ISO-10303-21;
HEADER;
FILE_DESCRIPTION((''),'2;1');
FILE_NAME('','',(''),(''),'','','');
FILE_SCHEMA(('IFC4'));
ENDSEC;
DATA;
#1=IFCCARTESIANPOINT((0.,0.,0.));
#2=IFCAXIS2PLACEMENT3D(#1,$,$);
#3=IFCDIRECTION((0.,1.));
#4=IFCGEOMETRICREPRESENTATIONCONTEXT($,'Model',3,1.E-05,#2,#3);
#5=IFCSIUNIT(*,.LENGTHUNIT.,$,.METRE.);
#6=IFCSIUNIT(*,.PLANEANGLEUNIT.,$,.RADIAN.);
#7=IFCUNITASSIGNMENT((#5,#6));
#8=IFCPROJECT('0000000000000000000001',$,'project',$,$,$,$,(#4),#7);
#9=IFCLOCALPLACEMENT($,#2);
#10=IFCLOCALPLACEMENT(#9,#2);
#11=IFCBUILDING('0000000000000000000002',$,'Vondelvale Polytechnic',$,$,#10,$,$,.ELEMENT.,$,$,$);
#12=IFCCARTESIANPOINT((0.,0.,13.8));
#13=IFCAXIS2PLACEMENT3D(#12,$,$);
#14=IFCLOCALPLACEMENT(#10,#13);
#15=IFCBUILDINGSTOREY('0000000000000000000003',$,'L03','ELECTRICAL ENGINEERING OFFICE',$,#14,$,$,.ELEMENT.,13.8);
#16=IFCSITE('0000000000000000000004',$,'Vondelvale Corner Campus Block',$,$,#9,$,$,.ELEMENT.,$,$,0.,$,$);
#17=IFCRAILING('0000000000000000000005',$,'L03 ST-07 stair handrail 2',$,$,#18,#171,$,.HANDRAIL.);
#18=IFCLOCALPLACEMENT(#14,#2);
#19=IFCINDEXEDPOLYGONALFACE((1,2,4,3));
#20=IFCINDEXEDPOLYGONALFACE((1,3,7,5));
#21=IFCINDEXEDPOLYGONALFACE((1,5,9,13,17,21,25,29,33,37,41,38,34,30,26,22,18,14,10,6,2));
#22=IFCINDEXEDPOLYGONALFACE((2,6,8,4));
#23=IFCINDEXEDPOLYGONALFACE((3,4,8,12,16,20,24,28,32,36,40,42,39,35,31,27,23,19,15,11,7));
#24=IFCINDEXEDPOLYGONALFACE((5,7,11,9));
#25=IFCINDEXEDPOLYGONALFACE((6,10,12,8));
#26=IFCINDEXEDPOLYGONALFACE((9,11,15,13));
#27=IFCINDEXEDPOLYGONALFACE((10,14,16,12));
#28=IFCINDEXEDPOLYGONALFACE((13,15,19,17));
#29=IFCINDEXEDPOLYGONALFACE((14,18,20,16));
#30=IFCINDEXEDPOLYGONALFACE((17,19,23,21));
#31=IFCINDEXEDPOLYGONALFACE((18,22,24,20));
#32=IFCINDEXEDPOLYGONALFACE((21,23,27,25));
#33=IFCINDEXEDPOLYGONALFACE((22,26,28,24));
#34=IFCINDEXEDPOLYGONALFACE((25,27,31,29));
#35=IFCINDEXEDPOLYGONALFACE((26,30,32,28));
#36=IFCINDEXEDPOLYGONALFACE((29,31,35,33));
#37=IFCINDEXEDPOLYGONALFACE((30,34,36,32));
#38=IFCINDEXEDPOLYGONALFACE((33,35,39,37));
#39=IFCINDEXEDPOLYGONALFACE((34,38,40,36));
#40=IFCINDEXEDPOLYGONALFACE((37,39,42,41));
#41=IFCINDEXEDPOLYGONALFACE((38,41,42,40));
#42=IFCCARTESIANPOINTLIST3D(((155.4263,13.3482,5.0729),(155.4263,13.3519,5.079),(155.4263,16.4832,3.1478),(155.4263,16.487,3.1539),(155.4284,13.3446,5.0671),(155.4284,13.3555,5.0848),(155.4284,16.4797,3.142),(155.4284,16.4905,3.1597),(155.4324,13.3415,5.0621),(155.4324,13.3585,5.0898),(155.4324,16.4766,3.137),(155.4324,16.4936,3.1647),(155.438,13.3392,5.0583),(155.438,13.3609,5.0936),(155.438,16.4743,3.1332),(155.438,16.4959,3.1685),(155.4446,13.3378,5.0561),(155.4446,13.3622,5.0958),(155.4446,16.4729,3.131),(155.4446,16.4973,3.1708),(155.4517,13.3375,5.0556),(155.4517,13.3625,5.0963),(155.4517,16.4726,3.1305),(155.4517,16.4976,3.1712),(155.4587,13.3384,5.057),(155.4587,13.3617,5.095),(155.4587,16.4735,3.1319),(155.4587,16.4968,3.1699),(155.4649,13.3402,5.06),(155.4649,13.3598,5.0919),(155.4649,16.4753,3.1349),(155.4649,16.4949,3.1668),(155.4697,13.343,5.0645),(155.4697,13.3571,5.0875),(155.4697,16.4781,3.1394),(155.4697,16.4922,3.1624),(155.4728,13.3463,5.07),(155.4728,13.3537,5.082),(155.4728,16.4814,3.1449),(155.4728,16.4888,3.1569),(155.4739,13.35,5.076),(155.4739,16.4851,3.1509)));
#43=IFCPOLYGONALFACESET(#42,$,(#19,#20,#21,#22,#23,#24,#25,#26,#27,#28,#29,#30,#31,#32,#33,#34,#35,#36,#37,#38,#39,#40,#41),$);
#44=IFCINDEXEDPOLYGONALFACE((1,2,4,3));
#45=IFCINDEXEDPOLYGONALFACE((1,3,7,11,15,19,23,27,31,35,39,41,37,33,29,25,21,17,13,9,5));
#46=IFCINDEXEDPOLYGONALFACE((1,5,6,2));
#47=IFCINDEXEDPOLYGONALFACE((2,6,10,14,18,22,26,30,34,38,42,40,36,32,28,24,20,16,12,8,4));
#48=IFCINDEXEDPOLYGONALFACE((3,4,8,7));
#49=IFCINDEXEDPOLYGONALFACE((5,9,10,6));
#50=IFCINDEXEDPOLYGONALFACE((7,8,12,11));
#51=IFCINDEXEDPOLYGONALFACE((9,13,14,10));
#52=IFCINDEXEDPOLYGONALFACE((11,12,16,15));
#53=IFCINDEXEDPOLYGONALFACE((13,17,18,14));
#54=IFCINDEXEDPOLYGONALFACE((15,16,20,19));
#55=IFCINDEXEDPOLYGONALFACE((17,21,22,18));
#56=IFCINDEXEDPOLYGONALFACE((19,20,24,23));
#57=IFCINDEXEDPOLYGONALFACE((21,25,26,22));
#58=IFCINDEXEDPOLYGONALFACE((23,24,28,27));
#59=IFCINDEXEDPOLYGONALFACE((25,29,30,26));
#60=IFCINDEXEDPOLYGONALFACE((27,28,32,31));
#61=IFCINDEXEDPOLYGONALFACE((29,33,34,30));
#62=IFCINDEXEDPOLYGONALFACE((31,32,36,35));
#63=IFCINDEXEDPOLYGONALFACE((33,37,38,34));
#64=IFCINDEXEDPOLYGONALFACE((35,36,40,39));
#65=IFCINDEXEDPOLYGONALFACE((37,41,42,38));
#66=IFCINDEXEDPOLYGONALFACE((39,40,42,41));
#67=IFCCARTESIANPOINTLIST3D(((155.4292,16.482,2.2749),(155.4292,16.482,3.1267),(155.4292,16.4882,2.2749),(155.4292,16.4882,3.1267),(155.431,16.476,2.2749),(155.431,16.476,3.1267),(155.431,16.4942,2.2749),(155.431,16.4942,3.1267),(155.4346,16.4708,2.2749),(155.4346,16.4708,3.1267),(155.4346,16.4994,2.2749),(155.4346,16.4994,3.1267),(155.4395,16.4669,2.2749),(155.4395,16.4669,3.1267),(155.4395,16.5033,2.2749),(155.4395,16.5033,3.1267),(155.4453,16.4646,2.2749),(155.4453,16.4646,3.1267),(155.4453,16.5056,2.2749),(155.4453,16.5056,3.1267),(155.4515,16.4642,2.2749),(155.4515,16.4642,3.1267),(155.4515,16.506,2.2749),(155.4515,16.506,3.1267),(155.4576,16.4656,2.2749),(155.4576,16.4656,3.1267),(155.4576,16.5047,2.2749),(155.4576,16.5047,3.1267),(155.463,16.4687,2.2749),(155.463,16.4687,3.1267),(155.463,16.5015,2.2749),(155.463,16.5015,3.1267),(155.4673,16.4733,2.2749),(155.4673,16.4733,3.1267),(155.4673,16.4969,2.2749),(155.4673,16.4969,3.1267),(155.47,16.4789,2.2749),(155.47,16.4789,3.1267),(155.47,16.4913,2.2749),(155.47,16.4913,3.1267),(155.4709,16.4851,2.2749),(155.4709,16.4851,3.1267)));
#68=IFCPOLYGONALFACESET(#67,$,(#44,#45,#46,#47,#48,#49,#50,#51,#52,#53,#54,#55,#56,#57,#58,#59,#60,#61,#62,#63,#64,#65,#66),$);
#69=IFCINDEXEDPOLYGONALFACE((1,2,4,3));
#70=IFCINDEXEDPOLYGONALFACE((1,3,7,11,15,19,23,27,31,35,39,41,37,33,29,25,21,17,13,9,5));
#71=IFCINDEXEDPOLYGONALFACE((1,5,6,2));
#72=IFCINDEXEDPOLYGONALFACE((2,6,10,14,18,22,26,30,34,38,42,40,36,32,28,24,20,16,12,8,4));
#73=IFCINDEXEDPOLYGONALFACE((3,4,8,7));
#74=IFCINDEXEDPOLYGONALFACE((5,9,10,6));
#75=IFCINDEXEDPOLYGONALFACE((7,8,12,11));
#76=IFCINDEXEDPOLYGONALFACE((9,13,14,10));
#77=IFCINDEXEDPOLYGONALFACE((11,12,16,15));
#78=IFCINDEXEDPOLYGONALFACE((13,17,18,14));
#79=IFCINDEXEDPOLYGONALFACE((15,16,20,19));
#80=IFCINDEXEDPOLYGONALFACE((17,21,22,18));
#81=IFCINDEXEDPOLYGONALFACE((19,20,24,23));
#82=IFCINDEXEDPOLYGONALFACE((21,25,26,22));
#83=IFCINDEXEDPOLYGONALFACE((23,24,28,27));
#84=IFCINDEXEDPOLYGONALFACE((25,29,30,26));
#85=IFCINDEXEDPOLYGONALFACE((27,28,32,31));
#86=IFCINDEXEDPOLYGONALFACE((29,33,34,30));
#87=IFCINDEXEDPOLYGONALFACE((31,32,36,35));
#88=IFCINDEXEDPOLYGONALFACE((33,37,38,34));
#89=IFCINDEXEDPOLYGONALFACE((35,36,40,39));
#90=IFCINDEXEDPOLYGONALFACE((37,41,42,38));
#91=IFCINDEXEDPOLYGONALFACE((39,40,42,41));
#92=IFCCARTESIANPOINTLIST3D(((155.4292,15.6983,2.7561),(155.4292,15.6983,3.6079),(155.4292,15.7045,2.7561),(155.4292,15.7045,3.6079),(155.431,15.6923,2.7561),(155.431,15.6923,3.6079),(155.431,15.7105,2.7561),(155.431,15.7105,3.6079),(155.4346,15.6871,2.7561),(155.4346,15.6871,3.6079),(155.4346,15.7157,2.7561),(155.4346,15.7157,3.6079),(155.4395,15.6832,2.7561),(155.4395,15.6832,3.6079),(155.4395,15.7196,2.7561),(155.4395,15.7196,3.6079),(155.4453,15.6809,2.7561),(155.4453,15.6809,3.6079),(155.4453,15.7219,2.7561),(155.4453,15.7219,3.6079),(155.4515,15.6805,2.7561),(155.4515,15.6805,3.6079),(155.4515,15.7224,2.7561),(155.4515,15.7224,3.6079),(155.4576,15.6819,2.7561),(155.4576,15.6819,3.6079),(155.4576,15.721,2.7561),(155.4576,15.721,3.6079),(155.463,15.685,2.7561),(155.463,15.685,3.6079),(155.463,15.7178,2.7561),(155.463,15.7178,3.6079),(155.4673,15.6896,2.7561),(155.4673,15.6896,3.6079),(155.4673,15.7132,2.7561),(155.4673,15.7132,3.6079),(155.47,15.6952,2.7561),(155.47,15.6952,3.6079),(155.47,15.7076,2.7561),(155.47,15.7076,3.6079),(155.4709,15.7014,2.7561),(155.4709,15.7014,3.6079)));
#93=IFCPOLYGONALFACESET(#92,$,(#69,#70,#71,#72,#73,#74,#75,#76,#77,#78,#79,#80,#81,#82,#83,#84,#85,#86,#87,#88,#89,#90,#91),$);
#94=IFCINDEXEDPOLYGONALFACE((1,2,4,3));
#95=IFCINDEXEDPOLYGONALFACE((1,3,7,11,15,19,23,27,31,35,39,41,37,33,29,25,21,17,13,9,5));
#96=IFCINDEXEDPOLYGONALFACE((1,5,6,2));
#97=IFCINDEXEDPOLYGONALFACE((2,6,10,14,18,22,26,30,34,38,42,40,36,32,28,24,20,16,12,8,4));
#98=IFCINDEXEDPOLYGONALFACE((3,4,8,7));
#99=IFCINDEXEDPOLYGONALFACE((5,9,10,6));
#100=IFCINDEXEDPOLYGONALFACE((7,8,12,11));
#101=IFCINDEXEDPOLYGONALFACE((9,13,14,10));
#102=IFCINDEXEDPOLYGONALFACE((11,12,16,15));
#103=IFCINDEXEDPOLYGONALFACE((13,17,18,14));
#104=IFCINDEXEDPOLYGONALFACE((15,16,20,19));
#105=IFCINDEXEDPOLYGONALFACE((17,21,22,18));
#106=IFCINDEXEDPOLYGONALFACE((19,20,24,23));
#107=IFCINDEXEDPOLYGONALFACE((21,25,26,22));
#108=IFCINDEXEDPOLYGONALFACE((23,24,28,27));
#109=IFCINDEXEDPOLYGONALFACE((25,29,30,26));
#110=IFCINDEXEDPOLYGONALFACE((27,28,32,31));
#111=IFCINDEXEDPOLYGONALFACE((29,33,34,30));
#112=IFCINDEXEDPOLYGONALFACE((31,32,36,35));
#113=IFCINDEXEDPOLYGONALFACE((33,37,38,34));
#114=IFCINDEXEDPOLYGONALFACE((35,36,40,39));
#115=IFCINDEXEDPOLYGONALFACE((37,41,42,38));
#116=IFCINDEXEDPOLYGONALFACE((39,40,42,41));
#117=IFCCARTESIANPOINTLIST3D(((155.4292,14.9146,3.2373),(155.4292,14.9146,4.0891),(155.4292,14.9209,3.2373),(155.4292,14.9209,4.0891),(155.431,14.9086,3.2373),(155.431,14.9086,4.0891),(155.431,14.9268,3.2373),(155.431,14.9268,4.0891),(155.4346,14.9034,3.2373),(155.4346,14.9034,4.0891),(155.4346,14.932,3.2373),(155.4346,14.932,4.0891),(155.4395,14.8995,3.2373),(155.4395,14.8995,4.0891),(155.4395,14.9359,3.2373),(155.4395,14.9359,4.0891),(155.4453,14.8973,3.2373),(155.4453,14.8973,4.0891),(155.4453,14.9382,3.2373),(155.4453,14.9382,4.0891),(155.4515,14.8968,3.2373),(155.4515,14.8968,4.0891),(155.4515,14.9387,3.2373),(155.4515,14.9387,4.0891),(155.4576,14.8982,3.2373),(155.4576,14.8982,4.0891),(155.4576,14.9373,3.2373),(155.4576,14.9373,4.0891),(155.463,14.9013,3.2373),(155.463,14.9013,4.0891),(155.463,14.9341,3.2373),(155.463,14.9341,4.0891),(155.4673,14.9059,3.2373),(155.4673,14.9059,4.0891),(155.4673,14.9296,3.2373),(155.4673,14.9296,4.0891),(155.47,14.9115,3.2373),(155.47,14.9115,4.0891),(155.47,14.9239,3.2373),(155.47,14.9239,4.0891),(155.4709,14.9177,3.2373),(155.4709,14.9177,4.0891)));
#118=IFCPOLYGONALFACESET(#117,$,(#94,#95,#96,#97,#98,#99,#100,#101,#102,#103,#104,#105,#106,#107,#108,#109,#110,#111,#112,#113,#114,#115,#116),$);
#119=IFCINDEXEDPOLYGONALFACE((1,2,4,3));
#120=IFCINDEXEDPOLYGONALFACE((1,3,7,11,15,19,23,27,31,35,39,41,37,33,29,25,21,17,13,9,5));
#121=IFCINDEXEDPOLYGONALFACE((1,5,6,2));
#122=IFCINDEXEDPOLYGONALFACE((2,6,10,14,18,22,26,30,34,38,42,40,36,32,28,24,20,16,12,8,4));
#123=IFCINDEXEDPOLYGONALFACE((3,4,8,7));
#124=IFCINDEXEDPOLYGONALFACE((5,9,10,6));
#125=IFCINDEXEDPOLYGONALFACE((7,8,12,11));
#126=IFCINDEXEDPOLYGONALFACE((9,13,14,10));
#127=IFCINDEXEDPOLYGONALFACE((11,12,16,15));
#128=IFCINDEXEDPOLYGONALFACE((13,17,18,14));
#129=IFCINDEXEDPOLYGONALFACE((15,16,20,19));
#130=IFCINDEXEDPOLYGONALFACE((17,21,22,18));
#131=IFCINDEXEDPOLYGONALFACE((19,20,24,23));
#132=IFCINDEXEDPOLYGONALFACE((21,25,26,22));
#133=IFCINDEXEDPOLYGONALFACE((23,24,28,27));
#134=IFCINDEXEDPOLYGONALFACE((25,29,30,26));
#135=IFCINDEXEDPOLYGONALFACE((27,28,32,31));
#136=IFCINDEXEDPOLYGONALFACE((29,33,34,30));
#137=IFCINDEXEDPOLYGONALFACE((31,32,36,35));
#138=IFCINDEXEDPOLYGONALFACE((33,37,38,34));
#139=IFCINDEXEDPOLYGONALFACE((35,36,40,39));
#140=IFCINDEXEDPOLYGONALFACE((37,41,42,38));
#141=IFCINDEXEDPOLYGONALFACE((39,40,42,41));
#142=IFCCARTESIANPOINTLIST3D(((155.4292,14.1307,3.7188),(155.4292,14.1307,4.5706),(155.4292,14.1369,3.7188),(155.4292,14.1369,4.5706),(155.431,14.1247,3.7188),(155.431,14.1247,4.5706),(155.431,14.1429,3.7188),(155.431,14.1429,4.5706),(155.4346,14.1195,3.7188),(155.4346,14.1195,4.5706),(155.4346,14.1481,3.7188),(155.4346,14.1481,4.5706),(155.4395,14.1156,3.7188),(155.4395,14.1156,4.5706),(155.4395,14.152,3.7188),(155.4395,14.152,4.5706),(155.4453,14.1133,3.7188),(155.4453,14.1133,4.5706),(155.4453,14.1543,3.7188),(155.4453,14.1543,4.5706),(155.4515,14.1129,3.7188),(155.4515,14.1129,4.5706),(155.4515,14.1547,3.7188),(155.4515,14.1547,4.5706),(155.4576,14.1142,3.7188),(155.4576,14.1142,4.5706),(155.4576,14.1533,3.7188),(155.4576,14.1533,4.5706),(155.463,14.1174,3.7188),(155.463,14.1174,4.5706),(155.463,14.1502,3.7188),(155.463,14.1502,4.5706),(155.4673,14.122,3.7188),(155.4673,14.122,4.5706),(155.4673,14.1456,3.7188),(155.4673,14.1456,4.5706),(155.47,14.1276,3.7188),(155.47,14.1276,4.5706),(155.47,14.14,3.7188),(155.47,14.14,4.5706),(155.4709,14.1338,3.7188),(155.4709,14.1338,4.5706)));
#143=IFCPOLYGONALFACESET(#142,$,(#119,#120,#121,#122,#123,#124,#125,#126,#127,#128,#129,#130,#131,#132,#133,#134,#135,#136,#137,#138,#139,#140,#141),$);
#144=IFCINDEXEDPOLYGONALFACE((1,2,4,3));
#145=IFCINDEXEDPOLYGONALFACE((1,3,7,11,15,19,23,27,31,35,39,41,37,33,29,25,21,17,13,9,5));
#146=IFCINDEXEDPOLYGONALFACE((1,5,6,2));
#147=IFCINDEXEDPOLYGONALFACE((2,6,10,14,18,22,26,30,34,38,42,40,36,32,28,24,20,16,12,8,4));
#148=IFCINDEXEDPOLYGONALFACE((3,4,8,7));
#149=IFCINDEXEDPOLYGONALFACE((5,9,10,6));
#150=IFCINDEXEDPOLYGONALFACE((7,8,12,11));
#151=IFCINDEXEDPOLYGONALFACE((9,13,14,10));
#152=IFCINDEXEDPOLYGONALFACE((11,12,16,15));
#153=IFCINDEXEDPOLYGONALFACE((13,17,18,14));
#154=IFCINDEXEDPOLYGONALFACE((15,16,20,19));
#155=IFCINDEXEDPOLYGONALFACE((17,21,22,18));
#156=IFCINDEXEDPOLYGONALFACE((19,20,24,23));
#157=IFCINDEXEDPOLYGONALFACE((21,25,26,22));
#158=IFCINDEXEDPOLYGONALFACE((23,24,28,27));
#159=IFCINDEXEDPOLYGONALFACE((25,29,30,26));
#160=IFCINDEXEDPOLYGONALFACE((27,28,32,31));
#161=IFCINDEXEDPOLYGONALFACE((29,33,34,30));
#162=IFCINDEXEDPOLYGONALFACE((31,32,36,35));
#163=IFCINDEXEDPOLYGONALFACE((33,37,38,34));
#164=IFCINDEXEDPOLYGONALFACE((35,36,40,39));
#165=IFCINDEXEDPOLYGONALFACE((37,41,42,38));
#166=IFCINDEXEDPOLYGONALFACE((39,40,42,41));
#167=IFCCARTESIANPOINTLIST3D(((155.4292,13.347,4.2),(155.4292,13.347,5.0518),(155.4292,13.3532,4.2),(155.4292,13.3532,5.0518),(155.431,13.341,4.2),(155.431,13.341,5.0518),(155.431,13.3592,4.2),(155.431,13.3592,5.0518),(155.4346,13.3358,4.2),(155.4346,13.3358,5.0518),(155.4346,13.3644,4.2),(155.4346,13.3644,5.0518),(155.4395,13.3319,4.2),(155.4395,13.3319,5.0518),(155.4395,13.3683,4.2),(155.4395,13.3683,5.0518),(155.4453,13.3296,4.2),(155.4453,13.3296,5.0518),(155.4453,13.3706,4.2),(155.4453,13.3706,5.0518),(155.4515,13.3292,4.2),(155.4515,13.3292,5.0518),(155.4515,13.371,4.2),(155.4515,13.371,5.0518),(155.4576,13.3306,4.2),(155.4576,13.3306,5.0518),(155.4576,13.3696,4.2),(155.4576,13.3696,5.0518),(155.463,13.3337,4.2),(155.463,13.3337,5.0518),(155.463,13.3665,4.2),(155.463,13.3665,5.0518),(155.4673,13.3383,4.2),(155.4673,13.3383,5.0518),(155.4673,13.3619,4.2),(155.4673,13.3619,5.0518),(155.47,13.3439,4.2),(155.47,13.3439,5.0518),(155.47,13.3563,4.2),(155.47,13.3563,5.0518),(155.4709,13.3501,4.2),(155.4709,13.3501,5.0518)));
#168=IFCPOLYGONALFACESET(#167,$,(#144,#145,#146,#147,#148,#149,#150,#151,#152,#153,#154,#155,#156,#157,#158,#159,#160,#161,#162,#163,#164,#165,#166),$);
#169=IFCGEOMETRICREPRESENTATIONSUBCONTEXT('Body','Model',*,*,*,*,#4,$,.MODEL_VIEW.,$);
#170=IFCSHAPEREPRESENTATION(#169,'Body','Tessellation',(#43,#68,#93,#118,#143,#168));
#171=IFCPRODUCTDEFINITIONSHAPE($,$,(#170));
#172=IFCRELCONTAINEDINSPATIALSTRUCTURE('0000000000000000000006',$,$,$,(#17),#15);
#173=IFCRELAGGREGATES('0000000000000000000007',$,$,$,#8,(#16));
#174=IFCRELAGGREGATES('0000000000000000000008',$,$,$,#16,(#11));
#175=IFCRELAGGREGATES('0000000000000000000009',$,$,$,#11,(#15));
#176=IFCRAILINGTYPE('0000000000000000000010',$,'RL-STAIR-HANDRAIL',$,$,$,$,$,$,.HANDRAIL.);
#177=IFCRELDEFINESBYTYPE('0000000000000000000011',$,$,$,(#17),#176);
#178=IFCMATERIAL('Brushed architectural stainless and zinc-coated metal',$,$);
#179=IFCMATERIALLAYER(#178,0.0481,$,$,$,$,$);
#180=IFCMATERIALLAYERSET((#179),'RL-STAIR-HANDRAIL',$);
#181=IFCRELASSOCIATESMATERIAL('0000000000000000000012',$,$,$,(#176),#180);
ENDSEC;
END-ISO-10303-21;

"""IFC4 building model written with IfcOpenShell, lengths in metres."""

from ifc_helpers import new_model, si_unit, direction, frame, origin, origin_2d, place, context, subcontext, project, spatial, circle, extrude, material, layer, layer_set, type_object, element, save


model = new_model("IFC4")

# Units and contexts
model_context = context("Model", 3, precision=1e-05, world=origin(), true_north=direction((0.0, 1.0)))
body_context = subcontext(model_context, "Body", "Model", "MODEL_VIEW")
ifc_project = project(units=[si_unit("LENGTHUNIT", "METRE"), si_unit("PLANEANGLEUNIT", "RADIAN")], contexts=[model_context])

# Site, building, storey
site_placement = place(None, origin())
site = spatial("IfcSite", under=ifc_project, at=site_placement, Name="Vondelvale Corner Campus Block", CompositionType="ELEMENT", RefElevation=0.0)
building_placement = place(site_placement, origin())
building = spatial("IfcBuilding", under=site, at=building_placement, Name="Vondelvale Polytechnic", CompositionType="ELEMENT")
storey_placement = place(building_placement, frame((0.0, 0.0, 13.8)))
storey = spatial("IfcBuildingStorey", under=building, at=storey_placement, Name="L03", Description="ELECTRICAL ENGINEERING OFFICE", CompositionType="ELEMENT", Elevation=13.8)

# Railing
ifc_material_1 = material(Name="Brushed architectural stainless and zinc-coated metal")
ifc_layer_1 = layer(ifc_material_1, 0.0481)
ifc_layer_set_1 = layer_set([ifc_layer_1], Name="RL-STAIR-HANDRAIL")
railing_type_1 = type_object("IfcRailingType", Name="RL-STAIR-HANDRAIL", PredefinedType="HANDRAIL", material=ifc_layer_set_1)
railing_1_placement = place(storey_placement, frame((155.45, 16.4851, 2.2749)))
element("IfcRailing", 1, at=railing_1_placement, inside=storey, type_object=railing_type_1, Name="L03 ST-07 stair handrail 2", PredefinedType="HANDRAIL", context=body_context, shape_type="SweptSolid", body=[
    extrude(circle(Radius=0.0239, at=origin_2d()), frame((0.0, 0.0, 0.876), z_axis=(0.0, -0.852166, 0.523271), x_axis=(1.0, 0.0, 0.0)), (0.0, 0.0, 1.0), 3.679),
    extrude(circle(Radius=0.021, at=origin_2d()), origin(), (0.0, 0.0, 1.0), 0.8518),
    extrude(circle(Radius=0.021, at=origin_2d()), frame((0.0, -0.7837, 0.4812)), (0.0, 0.0, 1.0), 0.8518),
    extrude(circle(Radius=0.021, at=origin_2d()), frame((0.0, -1.5674, 0.9624)), (0.0, 0.0, 1.0), 0.8518),
    extrude(circle(Radius=0.021, at=origin_2d()), frame((0.0, -2.3513, 1.4438)), (0.0, 0.0, 1.0), 0.8518),
    extrude(circle(Radius=0.021, at=origin_2d()), frame((0.0, -3.135, 1.925)), (0.0, 0.0, 1.0), 0.8518),
])

save(model, "model.ifc")
